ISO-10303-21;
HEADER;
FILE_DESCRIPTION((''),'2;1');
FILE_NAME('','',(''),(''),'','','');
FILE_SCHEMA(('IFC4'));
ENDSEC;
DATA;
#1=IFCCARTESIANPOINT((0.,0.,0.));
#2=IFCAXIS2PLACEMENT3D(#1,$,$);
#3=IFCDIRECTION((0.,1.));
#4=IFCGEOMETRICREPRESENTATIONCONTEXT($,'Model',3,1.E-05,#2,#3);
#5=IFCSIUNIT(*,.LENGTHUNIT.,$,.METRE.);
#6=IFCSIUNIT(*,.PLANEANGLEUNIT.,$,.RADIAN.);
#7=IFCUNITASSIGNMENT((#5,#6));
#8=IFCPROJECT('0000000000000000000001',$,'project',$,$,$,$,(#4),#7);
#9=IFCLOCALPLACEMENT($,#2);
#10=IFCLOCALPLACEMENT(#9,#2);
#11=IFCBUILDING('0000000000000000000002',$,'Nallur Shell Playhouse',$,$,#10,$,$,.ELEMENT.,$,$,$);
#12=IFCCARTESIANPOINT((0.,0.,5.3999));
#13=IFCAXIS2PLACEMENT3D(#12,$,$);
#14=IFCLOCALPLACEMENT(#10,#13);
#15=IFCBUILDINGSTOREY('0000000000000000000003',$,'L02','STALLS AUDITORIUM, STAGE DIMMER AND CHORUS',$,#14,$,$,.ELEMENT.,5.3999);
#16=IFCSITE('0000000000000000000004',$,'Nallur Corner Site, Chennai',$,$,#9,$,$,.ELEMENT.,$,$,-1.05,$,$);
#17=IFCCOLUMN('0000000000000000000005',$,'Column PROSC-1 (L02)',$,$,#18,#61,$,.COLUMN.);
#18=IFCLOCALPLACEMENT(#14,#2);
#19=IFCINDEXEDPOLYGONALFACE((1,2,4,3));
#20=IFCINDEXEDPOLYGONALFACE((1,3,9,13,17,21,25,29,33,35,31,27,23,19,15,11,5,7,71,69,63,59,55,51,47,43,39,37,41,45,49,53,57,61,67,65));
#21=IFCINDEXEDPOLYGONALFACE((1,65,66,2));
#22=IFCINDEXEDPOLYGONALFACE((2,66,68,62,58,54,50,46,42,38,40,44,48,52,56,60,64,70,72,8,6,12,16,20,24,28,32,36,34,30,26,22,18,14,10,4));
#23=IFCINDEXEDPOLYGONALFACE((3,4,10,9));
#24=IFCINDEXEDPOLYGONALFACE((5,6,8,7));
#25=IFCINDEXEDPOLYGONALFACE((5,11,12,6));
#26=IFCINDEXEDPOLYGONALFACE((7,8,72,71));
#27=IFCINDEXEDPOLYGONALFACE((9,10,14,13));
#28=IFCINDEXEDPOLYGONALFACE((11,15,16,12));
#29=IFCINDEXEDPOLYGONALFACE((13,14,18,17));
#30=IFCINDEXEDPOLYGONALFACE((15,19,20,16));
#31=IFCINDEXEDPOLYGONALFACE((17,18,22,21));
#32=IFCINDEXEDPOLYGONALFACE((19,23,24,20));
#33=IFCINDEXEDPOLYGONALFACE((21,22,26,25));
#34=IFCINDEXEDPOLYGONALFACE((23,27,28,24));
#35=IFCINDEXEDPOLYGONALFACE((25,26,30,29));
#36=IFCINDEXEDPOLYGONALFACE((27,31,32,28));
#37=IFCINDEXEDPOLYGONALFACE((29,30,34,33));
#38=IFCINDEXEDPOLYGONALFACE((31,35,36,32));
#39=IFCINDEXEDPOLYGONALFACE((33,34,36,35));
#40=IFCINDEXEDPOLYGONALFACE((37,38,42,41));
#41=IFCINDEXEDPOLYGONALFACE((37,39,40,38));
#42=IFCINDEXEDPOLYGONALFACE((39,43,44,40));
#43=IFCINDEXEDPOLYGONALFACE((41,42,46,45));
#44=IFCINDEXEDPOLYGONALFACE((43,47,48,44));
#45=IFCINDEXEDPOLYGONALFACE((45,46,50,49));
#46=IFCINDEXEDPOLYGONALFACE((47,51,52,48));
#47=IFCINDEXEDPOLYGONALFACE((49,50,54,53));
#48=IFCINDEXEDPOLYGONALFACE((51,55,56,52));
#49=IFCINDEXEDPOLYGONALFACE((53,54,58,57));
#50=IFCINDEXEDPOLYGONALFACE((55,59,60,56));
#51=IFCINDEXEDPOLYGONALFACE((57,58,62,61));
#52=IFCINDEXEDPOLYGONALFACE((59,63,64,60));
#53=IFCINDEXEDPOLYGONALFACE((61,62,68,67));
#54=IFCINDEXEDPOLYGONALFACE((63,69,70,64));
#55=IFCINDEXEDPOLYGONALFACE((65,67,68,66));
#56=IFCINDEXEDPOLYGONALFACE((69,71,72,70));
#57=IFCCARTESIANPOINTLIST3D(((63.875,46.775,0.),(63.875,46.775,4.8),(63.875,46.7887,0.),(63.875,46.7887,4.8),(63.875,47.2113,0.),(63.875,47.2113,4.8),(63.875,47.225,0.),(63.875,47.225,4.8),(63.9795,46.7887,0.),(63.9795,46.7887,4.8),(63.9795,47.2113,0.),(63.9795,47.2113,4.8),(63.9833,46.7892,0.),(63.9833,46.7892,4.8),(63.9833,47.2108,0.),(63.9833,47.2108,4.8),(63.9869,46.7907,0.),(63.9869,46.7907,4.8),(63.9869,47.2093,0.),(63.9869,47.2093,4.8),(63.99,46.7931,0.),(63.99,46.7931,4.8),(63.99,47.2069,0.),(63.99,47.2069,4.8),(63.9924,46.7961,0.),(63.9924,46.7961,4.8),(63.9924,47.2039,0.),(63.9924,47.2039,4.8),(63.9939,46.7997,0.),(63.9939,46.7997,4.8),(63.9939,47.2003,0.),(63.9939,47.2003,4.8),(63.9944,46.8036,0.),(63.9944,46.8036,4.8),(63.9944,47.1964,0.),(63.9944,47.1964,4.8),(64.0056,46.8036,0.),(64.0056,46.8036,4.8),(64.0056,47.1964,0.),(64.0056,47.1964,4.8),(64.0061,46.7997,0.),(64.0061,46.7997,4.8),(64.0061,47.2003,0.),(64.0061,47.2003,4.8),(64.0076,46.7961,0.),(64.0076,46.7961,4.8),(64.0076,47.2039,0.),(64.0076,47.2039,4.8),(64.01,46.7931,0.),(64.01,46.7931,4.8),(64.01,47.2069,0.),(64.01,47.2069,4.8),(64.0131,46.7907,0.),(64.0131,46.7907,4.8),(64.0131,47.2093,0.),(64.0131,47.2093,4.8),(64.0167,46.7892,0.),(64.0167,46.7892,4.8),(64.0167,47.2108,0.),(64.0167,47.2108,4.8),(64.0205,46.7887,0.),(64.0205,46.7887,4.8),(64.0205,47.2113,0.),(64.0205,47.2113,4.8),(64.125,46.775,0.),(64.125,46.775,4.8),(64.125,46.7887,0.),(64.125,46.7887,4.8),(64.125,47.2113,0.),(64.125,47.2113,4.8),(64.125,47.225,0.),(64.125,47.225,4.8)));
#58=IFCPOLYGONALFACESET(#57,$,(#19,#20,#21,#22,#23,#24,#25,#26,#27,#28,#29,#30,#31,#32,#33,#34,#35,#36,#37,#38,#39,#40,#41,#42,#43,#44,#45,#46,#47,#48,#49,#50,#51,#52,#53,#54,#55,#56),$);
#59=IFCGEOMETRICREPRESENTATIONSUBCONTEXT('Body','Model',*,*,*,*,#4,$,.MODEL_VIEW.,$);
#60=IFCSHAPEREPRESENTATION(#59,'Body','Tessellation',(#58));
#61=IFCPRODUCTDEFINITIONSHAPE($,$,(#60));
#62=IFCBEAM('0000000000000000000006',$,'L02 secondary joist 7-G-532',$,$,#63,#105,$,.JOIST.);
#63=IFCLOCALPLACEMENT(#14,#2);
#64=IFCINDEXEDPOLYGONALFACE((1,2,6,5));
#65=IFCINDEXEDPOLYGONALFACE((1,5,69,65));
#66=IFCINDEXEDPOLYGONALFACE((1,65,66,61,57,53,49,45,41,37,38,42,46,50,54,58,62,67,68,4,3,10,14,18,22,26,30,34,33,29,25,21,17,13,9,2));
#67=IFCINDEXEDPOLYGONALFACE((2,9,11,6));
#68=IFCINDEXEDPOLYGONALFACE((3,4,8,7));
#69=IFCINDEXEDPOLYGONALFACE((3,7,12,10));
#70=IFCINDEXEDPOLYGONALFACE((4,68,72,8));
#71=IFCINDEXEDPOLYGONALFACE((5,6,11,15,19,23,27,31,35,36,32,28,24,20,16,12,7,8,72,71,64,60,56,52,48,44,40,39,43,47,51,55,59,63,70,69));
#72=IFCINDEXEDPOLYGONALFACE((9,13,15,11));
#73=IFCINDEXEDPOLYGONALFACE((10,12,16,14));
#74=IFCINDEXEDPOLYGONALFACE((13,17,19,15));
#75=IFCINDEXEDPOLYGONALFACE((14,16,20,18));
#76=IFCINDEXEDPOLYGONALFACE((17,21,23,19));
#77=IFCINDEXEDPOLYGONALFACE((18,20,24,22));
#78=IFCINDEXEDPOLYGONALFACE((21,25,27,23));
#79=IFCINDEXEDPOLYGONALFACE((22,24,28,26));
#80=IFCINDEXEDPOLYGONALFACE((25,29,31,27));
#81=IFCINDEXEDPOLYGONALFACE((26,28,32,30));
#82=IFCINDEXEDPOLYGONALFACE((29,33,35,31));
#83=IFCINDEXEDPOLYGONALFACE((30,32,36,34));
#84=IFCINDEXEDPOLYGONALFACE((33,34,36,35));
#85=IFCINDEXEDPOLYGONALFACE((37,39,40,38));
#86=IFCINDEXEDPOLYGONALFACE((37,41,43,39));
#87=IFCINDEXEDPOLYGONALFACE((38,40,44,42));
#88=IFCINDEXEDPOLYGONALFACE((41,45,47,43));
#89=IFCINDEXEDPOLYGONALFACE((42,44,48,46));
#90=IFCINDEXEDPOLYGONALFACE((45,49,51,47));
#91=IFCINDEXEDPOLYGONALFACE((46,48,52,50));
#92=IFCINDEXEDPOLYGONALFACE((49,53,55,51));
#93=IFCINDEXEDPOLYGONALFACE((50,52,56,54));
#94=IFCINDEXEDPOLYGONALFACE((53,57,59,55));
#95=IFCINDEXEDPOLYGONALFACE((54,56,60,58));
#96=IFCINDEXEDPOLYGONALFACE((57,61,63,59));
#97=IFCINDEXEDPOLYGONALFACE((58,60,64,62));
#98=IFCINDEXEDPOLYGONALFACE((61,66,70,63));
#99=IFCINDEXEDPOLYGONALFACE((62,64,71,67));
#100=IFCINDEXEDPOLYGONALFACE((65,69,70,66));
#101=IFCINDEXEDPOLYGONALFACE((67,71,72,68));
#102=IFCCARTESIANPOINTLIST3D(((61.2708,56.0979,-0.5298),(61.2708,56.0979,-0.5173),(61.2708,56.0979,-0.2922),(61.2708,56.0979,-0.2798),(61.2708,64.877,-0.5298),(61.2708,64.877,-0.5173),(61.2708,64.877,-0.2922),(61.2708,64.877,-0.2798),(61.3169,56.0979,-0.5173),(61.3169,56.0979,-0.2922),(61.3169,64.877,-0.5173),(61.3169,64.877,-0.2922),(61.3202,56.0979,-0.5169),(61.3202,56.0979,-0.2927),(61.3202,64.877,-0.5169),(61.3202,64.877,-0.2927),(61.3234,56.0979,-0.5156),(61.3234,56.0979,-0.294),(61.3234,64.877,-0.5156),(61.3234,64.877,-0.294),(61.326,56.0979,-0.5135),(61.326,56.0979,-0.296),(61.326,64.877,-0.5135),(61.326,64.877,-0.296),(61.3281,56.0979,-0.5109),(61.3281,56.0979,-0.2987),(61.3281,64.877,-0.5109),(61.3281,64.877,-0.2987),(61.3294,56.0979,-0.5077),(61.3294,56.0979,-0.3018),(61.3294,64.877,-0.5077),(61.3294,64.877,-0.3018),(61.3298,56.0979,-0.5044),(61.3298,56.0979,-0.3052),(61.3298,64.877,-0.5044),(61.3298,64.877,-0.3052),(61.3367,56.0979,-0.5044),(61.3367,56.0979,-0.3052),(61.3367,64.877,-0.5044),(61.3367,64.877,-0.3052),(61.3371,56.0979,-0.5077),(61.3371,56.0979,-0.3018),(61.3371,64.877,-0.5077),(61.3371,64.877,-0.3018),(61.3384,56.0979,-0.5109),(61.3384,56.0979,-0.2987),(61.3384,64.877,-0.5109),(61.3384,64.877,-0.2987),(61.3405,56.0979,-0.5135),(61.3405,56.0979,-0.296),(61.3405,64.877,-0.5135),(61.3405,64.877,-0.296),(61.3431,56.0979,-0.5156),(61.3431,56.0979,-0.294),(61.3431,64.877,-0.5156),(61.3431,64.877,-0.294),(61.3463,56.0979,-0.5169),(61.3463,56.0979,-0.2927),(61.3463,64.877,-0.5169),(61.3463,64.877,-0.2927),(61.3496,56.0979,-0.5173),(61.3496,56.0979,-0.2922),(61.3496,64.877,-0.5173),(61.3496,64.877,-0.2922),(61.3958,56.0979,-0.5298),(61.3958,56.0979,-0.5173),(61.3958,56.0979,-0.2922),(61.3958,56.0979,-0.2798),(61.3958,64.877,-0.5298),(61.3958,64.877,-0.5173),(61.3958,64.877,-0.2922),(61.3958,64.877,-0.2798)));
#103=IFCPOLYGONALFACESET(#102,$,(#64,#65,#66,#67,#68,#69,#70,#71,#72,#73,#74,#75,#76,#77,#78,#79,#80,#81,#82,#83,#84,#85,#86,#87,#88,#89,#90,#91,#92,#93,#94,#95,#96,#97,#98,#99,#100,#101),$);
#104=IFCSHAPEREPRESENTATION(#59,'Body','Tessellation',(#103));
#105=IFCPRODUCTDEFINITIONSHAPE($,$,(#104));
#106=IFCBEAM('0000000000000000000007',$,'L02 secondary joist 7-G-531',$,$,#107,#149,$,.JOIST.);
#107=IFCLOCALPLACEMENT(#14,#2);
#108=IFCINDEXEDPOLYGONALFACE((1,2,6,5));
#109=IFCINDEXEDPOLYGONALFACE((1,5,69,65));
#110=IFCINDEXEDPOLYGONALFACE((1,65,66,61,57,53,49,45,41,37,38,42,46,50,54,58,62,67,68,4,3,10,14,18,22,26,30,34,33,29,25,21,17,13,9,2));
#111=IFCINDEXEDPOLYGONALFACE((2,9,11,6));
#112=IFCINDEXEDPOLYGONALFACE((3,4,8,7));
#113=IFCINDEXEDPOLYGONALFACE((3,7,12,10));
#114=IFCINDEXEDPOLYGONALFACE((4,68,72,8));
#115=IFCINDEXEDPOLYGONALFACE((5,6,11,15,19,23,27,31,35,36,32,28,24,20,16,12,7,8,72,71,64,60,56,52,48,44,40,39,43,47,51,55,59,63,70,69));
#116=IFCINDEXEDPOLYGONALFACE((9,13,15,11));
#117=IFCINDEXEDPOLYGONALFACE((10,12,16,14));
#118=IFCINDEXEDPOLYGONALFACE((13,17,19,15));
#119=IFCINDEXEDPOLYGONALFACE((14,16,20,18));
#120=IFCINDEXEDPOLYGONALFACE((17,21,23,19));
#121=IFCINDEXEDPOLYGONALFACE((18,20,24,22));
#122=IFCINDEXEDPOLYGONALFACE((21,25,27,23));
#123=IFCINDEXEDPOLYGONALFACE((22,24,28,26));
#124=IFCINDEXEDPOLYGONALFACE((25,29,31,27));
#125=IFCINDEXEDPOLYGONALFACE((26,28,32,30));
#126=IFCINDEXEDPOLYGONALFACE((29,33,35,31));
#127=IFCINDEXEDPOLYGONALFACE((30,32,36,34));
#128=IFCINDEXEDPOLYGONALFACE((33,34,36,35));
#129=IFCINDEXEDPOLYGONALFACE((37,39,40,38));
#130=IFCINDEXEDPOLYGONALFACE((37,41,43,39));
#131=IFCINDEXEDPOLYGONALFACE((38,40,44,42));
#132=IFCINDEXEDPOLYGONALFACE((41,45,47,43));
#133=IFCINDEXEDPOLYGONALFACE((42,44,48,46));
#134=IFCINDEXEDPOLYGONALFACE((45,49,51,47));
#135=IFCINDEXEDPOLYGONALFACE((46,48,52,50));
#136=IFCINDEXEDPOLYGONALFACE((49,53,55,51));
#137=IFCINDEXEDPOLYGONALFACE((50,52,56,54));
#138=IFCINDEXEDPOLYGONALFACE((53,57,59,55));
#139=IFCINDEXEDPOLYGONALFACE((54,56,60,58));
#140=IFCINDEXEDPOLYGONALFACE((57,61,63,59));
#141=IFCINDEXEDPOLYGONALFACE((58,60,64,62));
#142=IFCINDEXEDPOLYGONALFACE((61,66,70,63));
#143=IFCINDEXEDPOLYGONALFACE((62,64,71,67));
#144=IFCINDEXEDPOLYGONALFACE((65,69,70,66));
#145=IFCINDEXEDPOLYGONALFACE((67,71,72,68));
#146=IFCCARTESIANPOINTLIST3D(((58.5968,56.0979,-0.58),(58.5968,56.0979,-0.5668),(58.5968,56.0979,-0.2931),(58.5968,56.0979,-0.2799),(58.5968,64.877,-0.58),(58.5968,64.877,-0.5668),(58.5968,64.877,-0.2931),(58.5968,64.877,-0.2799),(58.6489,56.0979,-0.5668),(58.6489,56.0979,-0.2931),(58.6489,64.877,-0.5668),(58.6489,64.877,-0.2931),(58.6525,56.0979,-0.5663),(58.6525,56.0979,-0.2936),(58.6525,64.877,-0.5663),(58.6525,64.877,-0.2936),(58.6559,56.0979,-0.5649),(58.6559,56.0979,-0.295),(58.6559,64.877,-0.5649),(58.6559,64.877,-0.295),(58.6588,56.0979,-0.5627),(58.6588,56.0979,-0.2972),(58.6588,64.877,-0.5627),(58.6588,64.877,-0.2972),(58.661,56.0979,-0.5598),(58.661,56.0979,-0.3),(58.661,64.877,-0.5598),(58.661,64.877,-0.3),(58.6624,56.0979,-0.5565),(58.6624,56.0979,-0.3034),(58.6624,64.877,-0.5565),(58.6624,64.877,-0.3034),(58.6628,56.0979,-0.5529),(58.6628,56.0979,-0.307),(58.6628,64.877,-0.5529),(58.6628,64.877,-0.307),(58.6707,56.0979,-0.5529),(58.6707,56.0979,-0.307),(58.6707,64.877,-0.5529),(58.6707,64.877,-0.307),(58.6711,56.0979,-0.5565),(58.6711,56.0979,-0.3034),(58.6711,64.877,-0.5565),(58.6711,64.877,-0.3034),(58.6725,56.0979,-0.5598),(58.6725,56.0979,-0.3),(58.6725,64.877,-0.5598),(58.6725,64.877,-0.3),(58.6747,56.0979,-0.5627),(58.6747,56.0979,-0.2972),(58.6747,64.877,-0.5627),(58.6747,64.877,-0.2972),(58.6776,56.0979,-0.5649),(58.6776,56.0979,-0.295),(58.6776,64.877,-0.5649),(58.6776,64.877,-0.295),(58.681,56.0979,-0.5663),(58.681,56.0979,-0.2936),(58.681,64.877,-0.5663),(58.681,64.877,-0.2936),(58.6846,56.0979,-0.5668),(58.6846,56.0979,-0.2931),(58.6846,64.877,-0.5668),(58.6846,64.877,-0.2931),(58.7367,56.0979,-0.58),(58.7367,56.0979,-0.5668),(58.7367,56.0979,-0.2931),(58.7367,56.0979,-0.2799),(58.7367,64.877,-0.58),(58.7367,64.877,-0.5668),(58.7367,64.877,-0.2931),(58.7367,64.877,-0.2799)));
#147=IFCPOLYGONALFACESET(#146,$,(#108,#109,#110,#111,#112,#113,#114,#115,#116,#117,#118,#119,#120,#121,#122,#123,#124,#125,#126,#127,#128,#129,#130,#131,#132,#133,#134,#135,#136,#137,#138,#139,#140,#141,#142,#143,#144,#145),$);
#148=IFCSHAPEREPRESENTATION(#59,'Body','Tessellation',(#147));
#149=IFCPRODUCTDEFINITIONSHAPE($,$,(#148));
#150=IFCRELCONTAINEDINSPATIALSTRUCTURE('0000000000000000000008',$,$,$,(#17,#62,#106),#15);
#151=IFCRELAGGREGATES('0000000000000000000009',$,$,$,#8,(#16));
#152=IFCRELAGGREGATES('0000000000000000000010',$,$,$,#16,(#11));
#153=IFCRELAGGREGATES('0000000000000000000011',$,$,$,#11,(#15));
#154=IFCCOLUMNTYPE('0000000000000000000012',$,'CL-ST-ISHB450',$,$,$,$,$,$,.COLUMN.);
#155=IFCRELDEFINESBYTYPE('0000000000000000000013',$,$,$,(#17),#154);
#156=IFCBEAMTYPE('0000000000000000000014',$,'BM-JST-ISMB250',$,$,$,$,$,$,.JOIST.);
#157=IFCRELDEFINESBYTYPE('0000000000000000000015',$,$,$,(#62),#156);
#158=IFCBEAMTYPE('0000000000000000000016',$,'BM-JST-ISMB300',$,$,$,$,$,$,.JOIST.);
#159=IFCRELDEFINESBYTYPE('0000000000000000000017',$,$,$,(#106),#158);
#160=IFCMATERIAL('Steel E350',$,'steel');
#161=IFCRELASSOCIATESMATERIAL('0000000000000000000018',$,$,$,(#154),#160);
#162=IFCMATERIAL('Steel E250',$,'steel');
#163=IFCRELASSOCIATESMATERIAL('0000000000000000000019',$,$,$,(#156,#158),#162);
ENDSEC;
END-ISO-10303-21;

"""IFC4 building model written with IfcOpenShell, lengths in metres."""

from ifc_helpers import new_model, si_unit, direction, frame, origin, origin_2d, place, context, subcontext, project, spatial, i_section, extrude, material, material_profile, profile_set, type_object, element, save


model = new_model("IFC4")

# Units and contexts
model_context = context("Model", 3, precision=1e-05, world=origin(), true_north=direction((0.0, 1.0)))
body_context = subcontext(model_context, "Body", "Model", "MODEL_VIEW")
ifc_project = project(units=[si_unit("LENGTHUNIT", "METRE"), si_unit("PLANEANGLEUNIT", "RADIAN")], contexts=[model_context])

# Site, building, storey
site_placement = place(None, origin())
site = spatial("IfcSite", under=ifc_project, at=site_placement, Name="Nallur Corner Site, Chennai", CompositionType="ELEMENT", RefElevation=-1.05)
building_placement = place(site_placement, origin())
building = spatial("IfcBuilding", under=site, at=building_placement, Name="Nallur Shell Playhouse", CompositionType="ELEMENT")
storey_placement = place(building_placement, frame((0.0, 0.0, 5.3999)))
storey = spatial("IfcBuildingStorey", under=building, at=storey_placement, Name="L02", Description="STALLS AUDITORIUM, STAGE DIMMER AND CHORUS", CompositionType="ELEMENT", Elevation=5.3999)

# Column
ifc_material_1 = material(Name="Steel E350", Category="steel")
ifc_material_profile_1 = material_profile(ifc_material_1, i_section(OverallWidth=0.25, OverallDepth=0.45, WebThickness=0.0112, FlangeThickness=0.0137, FilletRadius=0.0149, at=origin_2d()), Name="ISHB 450")
ifc_profile_set_1 = profile_set([ifc_material_profile_1], Name="Steel E350")
column_type = type_object("IfcColumnType", Name="CL-ST-ISHB450", PredefinedType="COLUMN", material=ifc_profile_set_1)
column_placement = place(storey_placement, frame((64.0, 47.0, 0.0), z_axis=(0.0, 0.0, 1.0), x_axis=(1.0, 0.0, 0.0)))
element("IfcColumn", 1, at=column_placement, inside=storey, type_object=column_type, Name="Column PROSC-1 (L02)", PredefinedType="COLUMN", context=body_context, shape_type="SweptSolid", body=[
    extrude(i_section(OverallWidth=0.25, OverallDepth=0.45, WebThickness=0.0112, FlangeThickness=0.0137, FilletRadius=0.0149, at=origin_2d()), origin(), (0.0, 0.0, 1.0), 4.8),
])

# Beams
ifc_material_2 = material(Name="Steel E250", Category="steel")
ifc_material_profile_2 = material_profile(ifc_material_2, i_section(OverallWidth=0.125, OverallDepth=0.25, WebThickness=0.0068, FlangeThickness=0.0125, FilletRadius=0.0129, at=origin_2d()), Name="ISMB 250")
ifc_profile_set_2 = profile_set([ifc_material_profile_2], Name="Steel E250")
beam_type_1 = type_object("IfcBeamType", Name="BM-JST-ISMB250", PredefinedType="JOIST", material=ifc_profile_set_2)
beam_1_placement = place(storey_placement, frame((61.3333, 56.0979, -0.4048), z_axis=(0.0, 1.0, 0.0), x_axis=(-1.0, 0.0, 0.0)))
element("IfcBeam", 2, at=beam_1_placement, inside=storey, type_object=beam_type_1, Name="L02 secondary joist 7-G-532", PredefinedType="JOIST", context=body_context, shape_type="SweptSolid", body=[
    extrude(i_section(OverallWidth=0.125, OverallDepth=0.25, WebThickness=0.0068, FlangeThickness=0.0125, FilletRadius=0.0129, at=origin_2d()), origin(), (0.0, 0.0, 1.0), 8.7791),
])
ifc_material_profile_3 = material_profile(ifc_material_2, i_section(OverallWidth=0.1399, OverallDepth=0.3, WebThickness=0.0078, FlangeThickness=0.0132, FilletRadius=0.0139, at=origin_2d()), Name="ISMB 300")
ifc_profile_set_3 = profile_set([ifc_material_profile_3], Name="Steel E250")
beam_type_2 = type_object("IfcBeamType", Name="BM-JST-ISMB300", PredefinedType="JOIST", material=ifc_profile_set_3)
beam_2_placement = place(storey_placement, frame((58.6667, 56.0979, -0.4299), z_axis=(0.0, 1.0, 0.0), x_axis=(-1.0, 0.0, 0.0)))
element("IfcBeam", 3, at=beam_2_placement, inside=storey, type_object=beam_type_2, Name="L02 secondary joist 7-G-531", PredefinedType="JOIST", context=body_context, shape_type="SweptSolid", body=[
    extrude(i_section(OverallWidth=0.1399, OverallDepth=0.3, WebThickness=0.0078, FlangeThickness=0.0132, FilletRadius=0.0139, at=origin_2d()), origin(), (0.0, 0.0, 1.0), 8.7791),
])

save(model, "model.ifc")
